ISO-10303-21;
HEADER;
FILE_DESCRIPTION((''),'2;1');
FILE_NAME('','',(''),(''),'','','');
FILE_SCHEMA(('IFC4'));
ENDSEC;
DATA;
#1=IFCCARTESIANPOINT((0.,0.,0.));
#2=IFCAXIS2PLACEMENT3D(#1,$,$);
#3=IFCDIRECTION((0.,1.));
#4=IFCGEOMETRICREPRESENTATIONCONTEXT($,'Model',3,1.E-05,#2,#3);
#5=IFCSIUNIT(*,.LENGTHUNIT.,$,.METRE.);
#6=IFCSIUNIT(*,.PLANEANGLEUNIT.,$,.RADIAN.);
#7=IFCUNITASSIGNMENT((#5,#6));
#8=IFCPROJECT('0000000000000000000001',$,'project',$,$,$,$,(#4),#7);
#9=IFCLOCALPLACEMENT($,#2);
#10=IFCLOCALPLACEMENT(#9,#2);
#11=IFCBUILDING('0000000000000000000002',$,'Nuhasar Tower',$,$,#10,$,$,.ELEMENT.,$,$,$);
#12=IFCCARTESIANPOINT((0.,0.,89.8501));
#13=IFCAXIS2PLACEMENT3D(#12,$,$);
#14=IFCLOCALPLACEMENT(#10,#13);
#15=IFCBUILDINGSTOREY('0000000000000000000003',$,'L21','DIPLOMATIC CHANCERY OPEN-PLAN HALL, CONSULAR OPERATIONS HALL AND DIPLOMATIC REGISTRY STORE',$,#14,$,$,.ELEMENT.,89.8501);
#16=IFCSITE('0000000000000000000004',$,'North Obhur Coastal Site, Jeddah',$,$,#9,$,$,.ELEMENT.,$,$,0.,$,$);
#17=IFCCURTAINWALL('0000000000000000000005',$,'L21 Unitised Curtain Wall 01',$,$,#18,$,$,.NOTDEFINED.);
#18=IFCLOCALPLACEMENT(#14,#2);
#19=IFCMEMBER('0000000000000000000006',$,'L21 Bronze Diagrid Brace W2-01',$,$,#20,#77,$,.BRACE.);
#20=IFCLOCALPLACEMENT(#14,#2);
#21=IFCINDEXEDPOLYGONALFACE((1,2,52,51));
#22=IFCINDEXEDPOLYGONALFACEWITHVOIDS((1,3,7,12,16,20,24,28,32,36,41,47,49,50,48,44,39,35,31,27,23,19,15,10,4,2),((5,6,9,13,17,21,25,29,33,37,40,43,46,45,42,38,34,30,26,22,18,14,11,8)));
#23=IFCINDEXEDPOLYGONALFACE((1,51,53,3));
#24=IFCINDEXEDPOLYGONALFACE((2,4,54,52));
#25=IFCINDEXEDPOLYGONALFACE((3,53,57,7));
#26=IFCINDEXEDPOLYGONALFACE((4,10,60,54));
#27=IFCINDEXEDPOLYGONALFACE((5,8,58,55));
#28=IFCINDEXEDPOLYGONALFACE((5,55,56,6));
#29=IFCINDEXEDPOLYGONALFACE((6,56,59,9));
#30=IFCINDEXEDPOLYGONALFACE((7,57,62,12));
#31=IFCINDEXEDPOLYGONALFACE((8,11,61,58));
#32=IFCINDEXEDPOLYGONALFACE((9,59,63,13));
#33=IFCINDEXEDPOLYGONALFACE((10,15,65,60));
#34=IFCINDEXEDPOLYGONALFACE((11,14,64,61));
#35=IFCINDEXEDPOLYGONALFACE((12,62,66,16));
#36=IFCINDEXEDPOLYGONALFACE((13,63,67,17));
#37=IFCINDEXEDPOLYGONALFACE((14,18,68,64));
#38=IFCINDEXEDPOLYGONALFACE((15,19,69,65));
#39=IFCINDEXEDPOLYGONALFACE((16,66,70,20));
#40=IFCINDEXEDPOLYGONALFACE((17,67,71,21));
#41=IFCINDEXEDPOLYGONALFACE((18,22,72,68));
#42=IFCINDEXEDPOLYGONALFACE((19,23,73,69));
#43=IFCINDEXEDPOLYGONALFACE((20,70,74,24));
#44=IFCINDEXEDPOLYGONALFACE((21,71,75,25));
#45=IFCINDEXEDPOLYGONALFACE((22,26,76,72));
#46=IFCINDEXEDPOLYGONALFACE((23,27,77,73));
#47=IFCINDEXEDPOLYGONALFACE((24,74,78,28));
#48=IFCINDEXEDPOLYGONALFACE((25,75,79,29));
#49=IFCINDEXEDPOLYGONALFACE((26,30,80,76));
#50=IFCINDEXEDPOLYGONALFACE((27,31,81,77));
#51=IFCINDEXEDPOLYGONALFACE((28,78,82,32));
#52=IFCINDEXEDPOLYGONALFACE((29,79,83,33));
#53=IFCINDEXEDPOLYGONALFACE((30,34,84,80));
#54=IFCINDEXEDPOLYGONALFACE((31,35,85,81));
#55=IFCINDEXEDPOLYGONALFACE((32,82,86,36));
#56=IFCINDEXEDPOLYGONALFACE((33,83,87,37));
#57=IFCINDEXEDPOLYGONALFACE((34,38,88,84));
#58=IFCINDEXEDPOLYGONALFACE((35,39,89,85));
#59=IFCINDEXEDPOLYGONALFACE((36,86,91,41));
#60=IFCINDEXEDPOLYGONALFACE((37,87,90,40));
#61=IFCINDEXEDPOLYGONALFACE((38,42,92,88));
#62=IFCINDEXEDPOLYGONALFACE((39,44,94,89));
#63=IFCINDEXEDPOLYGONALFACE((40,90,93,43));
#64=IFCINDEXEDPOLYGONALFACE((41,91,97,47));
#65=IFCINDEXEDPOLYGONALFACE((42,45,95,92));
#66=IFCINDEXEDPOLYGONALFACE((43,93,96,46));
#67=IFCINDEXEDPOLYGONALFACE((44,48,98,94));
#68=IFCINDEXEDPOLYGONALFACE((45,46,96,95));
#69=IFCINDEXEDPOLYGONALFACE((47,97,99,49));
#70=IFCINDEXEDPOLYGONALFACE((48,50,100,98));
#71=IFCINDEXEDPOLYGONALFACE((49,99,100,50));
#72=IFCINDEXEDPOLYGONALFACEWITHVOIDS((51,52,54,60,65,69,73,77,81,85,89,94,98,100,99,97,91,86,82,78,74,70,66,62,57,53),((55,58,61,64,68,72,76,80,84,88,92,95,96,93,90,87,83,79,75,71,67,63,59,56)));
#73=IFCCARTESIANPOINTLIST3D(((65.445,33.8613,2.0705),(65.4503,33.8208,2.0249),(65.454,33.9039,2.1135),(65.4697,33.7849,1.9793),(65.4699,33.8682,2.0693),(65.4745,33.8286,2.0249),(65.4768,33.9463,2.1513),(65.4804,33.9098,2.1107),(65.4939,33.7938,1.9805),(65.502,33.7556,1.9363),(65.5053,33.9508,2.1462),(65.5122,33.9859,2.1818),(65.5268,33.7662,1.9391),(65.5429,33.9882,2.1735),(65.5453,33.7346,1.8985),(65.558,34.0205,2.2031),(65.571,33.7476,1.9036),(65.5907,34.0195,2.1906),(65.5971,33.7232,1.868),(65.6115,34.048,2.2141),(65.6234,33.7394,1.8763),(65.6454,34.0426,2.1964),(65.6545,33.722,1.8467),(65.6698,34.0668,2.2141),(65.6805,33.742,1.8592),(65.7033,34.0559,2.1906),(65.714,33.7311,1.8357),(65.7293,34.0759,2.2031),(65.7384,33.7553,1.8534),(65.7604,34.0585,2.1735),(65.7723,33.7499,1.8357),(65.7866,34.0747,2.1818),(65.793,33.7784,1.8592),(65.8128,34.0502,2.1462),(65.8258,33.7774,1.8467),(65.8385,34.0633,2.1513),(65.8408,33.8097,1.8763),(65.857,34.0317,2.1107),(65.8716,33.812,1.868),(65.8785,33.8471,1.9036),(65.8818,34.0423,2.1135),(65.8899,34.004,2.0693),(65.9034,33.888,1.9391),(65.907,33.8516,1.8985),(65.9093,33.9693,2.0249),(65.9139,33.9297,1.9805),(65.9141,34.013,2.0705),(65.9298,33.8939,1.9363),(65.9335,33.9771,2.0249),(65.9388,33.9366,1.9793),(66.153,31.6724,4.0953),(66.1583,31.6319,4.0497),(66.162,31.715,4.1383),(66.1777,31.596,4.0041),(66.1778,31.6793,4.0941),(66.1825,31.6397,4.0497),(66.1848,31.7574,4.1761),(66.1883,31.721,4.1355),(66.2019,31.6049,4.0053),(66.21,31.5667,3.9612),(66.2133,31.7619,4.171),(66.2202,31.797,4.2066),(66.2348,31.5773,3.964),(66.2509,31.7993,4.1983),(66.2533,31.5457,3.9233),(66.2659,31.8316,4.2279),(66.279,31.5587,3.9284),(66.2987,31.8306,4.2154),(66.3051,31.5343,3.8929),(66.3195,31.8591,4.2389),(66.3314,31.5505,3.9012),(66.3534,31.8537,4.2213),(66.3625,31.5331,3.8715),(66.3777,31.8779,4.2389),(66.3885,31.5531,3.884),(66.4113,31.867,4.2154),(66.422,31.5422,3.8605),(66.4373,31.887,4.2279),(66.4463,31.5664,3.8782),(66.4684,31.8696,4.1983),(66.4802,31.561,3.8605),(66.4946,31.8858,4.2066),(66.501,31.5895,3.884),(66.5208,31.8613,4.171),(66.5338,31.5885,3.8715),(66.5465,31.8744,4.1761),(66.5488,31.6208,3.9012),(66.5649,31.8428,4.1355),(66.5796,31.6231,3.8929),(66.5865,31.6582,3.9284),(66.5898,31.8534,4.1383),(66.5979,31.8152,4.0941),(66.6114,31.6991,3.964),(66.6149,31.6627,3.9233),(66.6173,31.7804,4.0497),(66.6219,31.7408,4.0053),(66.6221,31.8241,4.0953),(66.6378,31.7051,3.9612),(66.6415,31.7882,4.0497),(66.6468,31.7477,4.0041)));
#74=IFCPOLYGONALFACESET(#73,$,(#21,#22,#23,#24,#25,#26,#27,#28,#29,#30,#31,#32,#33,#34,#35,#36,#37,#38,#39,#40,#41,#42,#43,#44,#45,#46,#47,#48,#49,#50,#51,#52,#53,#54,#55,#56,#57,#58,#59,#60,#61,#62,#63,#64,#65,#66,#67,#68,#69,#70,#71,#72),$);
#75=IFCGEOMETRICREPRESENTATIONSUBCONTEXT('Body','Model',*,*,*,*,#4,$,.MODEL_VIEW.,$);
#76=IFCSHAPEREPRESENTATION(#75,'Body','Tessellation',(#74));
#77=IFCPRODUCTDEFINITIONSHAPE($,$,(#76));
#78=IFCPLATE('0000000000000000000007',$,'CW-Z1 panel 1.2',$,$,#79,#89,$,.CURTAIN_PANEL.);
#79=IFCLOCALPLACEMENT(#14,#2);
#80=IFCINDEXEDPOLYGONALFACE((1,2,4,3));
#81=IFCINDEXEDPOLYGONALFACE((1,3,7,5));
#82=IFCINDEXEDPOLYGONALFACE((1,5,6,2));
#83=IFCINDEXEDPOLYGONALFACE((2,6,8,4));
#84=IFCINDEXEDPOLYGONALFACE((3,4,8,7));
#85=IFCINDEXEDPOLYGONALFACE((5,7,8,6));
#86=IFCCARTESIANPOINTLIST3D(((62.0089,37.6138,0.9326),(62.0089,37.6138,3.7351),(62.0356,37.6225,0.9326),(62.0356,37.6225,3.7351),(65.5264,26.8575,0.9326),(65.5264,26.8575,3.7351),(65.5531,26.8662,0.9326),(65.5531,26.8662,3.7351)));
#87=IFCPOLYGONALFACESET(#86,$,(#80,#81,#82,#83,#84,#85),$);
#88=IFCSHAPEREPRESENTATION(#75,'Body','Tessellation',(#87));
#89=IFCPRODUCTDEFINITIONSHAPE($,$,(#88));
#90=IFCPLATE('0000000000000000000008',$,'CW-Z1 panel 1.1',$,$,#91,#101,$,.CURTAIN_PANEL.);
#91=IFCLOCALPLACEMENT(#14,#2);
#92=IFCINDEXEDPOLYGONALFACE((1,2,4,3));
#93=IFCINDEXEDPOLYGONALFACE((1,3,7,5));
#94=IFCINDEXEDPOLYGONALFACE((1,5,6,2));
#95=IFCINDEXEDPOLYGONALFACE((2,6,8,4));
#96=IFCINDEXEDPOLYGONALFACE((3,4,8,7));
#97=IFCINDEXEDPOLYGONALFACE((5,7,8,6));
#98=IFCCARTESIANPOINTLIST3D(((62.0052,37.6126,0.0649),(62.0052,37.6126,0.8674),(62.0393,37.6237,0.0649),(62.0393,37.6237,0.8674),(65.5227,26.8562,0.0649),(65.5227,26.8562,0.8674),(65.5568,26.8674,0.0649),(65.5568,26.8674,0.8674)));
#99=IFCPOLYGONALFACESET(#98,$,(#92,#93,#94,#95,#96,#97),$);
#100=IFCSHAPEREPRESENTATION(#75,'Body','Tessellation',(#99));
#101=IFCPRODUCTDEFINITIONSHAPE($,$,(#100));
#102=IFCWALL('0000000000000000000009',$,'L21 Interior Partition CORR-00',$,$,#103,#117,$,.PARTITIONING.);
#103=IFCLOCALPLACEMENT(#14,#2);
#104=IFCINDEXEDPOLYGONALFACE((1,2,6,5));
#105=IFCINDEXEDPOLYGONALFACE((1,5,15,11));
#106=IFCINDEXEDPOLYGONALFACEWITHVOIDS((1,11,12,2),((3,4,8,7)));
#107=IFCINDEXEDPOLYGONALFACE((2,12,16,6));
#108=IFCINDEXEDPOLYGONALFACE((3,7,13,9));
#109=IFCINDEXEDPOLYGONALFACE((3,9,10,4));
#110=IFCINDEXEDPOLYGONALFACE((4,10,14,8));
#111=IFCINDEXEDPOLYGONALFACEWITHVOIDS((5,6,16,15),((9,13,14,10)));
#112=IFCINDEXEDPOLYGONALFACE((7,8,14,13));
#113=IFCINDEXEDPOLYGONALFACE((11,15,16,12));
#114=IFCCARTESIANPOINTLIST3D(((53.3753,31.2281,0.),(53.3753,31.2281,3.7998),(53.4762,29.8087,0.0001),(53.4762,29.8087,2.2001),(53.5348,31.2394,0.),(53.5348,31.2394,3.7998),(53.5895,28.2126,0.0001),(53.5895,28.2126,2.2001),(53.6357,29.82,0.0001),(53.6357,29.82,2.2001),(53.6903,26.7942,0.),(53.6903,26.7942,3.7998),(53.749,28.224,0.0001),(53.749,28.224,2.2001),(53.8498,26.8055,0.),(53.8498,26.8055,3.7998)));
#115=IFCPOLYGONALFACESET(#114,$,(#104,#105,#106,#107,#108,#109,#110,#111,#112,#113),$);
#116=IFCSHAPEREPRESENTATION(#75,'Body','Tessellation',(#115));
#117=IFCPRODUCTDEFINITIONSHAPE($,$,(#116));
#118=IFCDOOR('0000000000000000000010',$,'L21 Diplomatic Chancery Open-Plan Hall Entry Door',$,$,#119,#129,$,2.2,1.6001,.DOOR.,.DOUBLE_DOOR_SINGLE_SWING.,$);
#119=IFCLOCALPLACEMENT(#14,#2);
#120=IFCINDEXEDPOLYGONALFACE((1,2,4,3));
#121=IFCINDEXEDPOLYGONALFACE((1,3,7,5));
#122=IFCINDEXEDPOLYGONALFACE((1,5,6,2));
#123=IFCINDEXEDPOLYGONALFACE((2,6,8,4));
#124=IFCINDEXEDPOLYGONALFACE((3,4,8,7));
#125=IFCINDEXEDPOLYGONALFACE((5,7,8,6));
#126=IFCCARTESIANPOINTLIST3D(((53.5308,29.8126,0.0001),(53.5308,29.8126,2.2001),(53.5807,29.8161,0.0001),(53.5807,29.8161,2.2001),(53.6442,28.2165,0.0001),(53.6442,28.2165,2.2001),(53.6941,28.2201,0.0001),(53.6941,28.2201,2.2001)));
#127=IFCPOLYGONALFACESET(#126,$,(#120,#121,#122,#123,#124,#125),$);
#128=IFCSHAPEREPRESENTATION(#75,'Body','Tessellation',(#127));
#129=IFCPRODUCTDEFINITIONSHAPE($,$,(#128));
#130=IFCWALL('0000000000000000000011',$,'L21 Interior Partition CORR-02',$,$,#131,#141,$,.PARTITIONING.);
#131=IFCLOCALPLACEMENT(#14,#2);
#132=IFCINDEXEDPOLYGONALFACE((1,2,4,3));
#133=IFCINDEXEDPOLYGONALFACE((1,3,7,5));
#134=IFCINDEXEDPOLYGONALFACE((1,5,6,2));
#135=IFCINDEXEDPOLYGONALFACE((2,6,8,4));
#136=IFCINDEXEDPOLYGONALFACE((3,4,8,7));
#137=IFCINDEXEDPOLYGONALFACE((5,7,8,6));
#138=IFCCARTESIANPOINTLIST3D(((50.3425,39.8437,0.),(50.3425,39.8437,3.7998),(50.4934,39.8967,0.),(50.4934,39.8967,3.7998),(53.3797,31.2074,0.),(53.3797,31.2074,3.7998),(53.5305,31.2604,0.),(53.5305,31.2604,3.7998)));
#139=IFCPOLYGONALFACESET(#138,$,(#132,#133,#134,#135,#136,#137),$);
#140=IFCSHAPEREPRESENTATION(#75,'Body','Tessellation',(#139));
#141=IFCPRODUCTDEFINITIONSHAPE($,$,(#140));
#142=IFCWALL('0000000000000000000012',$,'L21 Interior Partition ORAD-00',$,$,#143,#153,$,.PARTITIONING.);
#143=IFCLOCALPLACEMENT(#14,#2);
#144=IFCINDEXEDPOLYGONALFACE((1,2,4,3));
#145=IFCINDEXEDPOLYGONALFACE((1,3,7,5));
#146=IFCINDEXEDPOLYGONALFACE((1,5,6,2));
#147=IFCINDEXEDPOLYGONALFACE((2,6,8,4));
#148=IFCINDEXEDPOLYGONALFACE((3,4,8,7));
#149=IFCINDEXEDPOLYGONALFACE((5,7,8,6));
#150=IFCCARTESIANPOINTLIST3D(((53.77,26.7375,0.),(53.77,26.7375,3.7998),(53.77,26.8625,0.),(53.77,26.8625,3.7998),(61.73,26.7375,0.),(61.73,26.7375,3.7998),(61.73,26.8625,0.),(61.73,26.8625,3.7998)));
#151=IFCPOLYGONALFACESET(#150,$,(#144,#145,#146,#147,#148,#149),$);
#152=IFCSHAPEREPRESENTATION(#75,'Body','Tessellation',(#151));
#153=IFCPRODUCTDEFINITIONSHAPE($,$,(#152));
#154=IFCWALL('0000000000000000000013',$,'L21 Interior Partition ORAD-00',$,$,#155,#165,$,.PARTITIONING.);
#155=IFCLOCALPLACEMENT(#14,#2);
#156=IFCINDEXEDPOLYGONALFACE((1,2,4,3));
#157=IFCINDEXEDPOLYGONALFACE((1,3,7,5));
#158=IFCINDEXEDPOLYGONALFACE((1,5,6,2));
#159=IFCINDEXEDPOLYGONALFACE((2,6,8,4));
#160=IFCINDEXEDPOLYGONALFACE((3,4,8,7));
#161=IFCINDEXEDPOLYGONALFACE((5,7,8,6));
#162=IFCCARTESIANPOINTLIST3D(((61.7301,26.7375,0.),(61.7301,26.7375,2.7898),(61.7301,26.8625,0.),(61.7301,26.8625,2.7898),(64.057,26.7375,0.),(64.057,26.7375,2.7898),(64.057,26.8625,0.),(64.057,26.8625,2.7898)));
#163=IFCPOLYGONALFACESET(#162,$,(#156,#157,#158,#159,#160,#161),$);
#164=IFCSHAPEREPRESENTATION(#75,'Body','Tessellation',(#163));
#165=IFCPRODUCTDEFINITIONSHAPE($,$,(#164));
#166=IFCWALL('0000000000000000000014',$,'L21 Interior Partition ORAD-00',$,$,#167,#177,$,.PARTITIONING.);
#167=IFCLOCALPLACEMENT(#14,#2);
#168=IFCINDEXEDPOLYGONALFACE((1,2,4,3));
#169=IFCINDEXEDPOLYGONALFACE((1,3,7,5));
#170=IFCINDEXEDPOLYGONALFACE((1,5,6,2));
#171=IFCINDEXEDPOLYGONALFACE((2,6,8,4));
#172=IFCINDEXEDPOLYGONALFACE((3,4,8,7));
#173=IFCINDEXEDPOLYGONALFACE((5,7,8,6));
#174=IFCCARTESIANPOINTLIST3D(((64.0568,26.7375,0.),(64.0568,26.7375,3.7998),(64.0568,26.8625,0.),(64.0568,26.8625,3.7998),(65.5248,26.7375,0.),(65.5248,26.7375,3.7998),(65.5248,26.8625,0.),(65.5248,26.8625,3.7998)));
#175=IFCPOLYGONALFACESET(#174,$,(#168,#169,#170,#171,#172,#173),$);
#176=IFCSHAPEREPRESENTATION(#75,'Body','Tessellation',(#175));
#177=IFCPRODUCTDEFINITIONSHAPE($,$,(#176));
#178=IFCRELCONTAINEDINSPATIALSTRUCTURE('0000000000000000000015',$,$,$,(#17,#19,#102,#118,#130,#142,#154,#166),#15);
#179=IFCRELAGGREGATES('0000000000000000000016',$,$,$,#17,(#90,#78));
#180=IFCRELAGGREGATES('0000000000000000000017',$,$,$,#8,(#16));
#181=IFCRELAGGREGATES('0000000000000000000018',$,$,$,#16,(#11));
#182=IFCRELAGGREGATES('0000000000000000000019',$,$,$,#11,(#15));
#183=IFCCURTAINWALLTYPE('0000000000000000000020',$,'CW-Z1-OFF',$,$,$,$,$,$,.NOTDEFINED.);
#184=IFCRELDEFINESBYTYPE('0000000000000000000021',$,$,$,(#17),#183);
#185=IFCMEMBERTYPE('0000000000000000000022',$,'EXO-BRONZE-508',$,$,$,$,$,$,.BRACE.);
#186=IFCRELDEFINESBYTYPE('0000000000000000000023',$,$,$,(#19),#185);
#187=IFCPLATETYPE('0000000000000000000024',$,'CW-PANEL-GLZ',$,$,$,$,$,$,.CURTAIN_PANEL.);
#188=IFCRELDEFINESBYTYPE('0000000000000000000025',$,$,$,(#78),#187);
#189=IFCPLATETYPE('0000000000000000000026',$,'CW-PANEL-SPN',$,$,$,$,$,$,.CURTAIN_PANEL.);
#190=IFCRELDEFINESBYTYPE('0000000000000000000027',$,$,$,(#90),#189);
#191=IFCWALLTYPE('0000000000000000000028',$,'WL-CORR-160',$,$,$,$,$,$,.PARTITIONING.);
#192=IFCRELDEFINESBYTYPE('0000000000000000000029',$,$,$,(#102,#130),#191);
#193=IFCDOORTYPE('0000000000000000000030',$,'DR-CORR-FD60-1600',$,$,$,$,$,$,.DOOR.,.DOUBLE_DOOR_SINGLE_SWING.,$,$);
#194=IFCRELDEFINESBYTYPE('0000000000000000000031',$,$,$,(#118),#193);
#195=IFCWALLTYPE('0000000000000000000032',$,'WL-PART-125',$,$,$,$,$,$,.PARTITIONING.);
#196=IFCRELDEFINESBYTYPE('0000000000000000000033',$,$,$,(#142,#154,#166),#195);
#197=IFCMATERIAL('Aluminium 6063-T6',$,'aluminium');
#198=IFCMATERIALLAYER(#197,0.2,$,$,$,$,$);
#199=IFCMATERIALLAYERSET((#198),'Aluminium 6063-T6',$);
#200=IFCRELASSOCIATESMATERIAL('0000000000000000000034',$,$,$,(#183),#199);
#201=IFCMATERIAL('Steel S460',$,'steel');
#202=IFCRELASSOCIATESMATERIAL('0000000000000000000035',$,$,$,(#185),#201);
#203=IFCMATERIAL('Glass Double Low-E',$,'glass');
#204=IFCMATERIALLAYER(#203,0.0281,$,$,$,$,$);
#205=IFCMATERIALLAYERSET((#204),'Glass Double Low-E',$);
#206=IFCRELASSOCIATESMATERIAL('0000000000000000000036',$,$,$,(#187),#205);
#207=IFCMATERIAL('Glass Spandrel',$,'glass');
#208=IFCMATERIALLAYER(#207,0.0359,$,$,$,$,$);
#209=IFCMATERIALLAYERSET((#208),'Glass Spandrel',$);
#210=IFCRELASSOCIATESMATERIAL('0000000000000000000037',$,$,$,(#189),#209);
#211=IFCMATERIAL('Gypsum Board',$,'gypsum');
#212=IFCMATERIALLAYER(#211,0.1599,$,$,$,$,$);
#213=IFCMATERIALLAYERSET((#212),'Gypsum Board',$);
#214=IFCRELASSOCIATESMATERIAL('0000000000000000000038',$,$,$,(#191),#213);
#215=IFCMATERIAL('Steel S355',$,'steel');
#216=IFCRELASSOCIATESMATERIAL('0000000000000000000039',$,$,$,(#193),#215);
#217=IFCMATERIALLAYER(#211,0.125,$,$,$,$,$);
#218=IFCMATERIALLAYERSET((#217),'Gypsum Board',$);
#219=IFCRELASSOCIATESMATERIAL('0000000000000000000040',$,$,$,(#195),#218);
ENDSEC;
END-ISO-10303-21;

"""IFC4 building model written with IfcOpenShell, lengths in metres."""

from ifc_helpers import new_model, si_unit, direction, frame, frame_2d, origin, origin_2d, place, context, subcontext, project, spatial, rectangle, hollow_circle, extrude, material, layer, layer_set, material_profile, profile_set, type_object, element, fill, aggregate, save


model = new_model("IFC4")

# Units and contexts
model_context = context("Model", 3, precision=1e-05, world=origin(), true_north=direction((0.0, 1.0)))
body_context = subcontext(model_context, "Body", "Model", "MODEL_VIEW")
ifc_project = project(units=[si_unit("LENGTHUNIT", "METRE"), si_unit("PLANEANGLEUNIT", "RADIAN")], contexts=[model_context])

# Site, building, storey
site_placement = place(None, origin())
site = spatial("IfcSite", under=ifc_project, at=site_placement, Name="North Obhur Coastal Site, Jeddah", CompositionType="ELEMENT", RefElevation=0.0)
building_placement = place(site_placement, origin())
building = spatial("IfcBuilding", under=site, at=building_placement, Name="Nuhasar Tower", CompositionType="ELEMENT")
storey_placement = place(building_placement, frame((0.0, 0.0, 89.8501)))
storey = spatial("IfcBuildingStorey", under=building, at=storey_placement, Name="L21", Description="DIPLOMATIC CHANCERY OPEN-PLAN HALL, CONSULAR OPERATIONS HALL AND DIPLOMATIC REGISTRY STORE", CompositionType="ELEMENT", Elevation=89.8501)

# Shared definitions
ifc_material_1 = material(Name="Steel S355", Category="steel")

# Curtain wall
ifc_material_2 = material(Name="Aluminium 6063-T6", Category="aluminium")
ifc_layer_1 = layer(ifc_material_2, 0.2)
ifc_layer_set_1 = layer_set([ifc_layer_1], Name="Aluminium 6063-T6")
curtain_wall_type = type_object("IfcCurtainWallType", Name="CW-Z1-OFF", PredefinedType="NOTDEFINED", material=ifc_layer_set_1)
curtain_wall_1_placement = place(storey_placement, origin())
curtain_wall_1 = element("IfcCurtainWall", 1, at=curtain_wall_1_placement, inside=storey, type_object=curtain_wall_type, Name="L21 Unitised Curtain Wall 01", PredefinedType="NOTDEFINED")

# Member
ifc_material_3 = material(Name="Steel S460", Category="steel")
ifc_material_profile_1 = material_profile(ifc_material_3, hollow_circle(Radius=0.2539, WallThickness=0.0254, at=origin_2d()), Name="HSS508X25.4")
ifc_profile_set_1 = profile_set([ifc_material_profile_1], Name="Steel S460")
member_type_1 = type_object("IfcMemberType", Name="EXO-BRONZE-508", PredefinedType="BRACE", material=ifc_profile_set_1)
for number, where, z_axis, x_axis, name in (
    (2, (65.6919, 33.8989, 2.0249), (0.231012, -0.714225, 0.660694), (0.951468, 0.307747, 0.0), "L21 Bronze Diagrid Brace W2-01"),
):
    element("IfcMember", number, at=place(storey_placement, frame(where, z_axis=z_axis, x_axis=x_axis)), inside=storey, type_object=member_type_1, Name=name, PredefinedType="BRACE", context=body_context, shape_type="SweptSolid", body=[
        extrude(hollow_circle(Radius=0.2539, WallThickness=0.0254, at=origin_2d()), origin(), (0.0, 0.0, 1.0), 3.0647),
    ])

# Plates
ifc_material_4 = material(Name="Glass Double Low-E", Category="glass")
ifc_layer_2 = layer(ifc_material_4, 0.0281)
ifc_layer_set_2 = layer_set([ifc_layer_2], Name="Glass Double Low-E")
plate_type_1 = type_object("IfcPlateType", Name="CW-PANEL-GLZ", PredefinedType="CURTAIN_PANEL", material=ifc_layer_set_2)
plate_1_placement = place(storey_placement, frame((63.781, 32.24, 0.9326), z_axis=(0.0, 0.0, 1.0), x_axis=(-0.310824, 0.950468, 0.0)))
plate_1 = element("IfcPlate", 3, at=plate_1_placement, type_object=plate_type_1, Name="CW-Z1 panel 1.2", PredefinedType="CURTAIN_PANEL", context=body_context, shape_type="SweptSolid", body=[
    extrude(rectangle(XDim=11.3169, YDim=0.0281, at=origin_2d()), origin(), (0.0, 0.0, 1.0), 2.8025),
])
ifc_material_5 = material(Name="Glass Spandrel", Category="glass")
ifc_layer_3 = layer(ifc_material_5, 0.0359)
ifc_layer_set_3 = layer_set([ifc_layer_3], Name="Glass Spandrel")
plate_type_2 = type_object("IfcPlateType", Name="CW-PANEL-SPN", PredefinedType="CURTAIN_PANEL", material=ifc_layer_set_3)
plate_2_placement = place(storey_placement, frame((63.781, 32.24, 0.0649), z_axis=(0.0, 0.0, 1.0), x_axis=(-0.310824, 0.950468, 0.0)))
plate_2 = element("IfcPlate", 4, at=plate_2_placement, type_object=plate_type_2, Name="CW-Z1 panel 1.1", PredefinedType="CURTAIN_PANEL", context=body_context, shape_type="SweptSolid", body=[
    extrude(rectangle(XDim=11.3169, YDim=0.0359, at=origin_2d()), origin(), (0.0, 0.0, 1.0), 0.8025),
])
aggregate(curtain_wall_1, [plate_2, plate_1])

# Wall, opening, door
ifc_material_6 = material(Name="Gypsum Board", Category="gypsum")
ifc_layer_4 = layer(ifc_material_6, 0.1599)
ifc_layer_set_4 = layer_set([ifc_layer_4], Name="Gypsum Board")
wall_type_1 = type_object("IfcWallType", Name="WL-CORR-160", PredefinedType="PARTITIONING", material=ifc_layer_set_4)
wall_1_placement = place(storey_placement, frame((53.4551, 31.2339, 0.0), z_axis=(0.0, 0.0, 1.0), x_axis=(0.070853, -0.997487, 0.0)))
wall_1 = element("IfcWall", 5, at=wall_1_placement, inside=storey, type_object=wall_type_1, Name="L21 Interior Partition CORR-00", PredefinedType="PARTITIONING", context=body_context, shape_type="SweptSolid", body=[
    extrude(rectangle(XDim=4.4451, YDim=0.1599, at=frame_2d((2.2227, 0.0))), origin(), (0.0, 0.0, 1.0), 3.7998),
])
opening_placement = place(wall_1_placement, frame((1.4231, 0.0, 0.0)))
opening = element("IfcOpeningElement", 6, at=opening_placement, cuts=wall_1, PredefinedType="OPENING", context=body_context, shape_type="SweptSolid", body=[
    extrude(rectangle(XDim=1.6001, YDim=2.2, at=frame_2d((0.8, 1.1001))), frame((0.0, 0.0898, 0.0), z_axis=(0.0, -1.0, 0.0), x_axis=(1.0, 0.0, 0.0)), (0.0, 0.0, 1.0), 0.1799),
])
door_type = type_object("IfcDoorType", Name="DR-CORR-FD60-1600", OperationType="DOUBLE_DOOR_SINGLE_SWING", PredefinedType="DOOR", material=ifc_material_1)
door_placement = place(opening_placement, origin())
door = element("IfcDoor", 7, at=door_placement, inside=storey, type_object=door_type, Name="L21 Diplomatic Chancery Open-Plan Hall Entry Door", OperationType="DOUBLE_DOOR_SINGLE_SWING", OverallHeight=2.2, OverallWidth=1.6001, PredefinedType="DOOR", context=body_context, shape_type="SweptSolid", body=[
    extrude(rectangle(XDim=1.6001, YDim=2.2, at=frame_2d((0.8, 1.1001))), frame((0.0, 0.0249, 0.0), z_axis=(0.0, -1.0, 0.0), x_axis=(1.0, 0.0, 0.0)), (0.0, 0.0, 1.0), 0.05),
])
fill(opening, door)

# Walls
wall_2_placement = place(storey_placement, frame((53.4551, 31.2339, 0.0), z_axis=(0.0, 0.0, 1.0), x_axis=(-0.331754, 0.943366, 0.0)))
element("IfcWall", 8, at=wall_2_placement, inside=storey, type_object=wall_type_1, Name="L21 Interior Partition CORR-02", PredefinedType="PARTITIONING", context=body_context, shape_type="SweptSolid", body=[
    extrude(rectangle(XDim=9.1548, YDim=0.1599, at=frame_2d((4.5774, 0.0))), origin(), (0.0, 0.0, 1.0), 3.7998),
])
ifc_layer_5 = layer(ifc_material_6, 0.125)
ifc_layer_set_5 = layer_set([ifc_layer_5], Name="Gypsum Board")
wall_type_2 = type_object("IfcWallType", Name="WL-PART-125", PredefinedType="PARTITIONING", material=ifc_layer_set_5)
wall_3_placement = place(storey_placement, frame((53.77, 26.8, 0.0), z_axis=(0.0, 0.0, 1.0), x_axis=(1.0, 0.0, 0.0)))
element("IfcWall", 9, at=wall_3_placement, inside=storey, type_object=wall_type_2, Name="L21 Interior Partition ORAD-00", PredefinedType="PARTITIONING", context=body_context, shape_type="SweptSolid", body=[
    extrude(rectangle(XDim=7.96, YDim=0.125, at=frame_2d((3.98, 0.0))), origin(), (0.0, 0.0, 1.0), 3.7998),
])
wall_4_placement = place(storey_placement, frame((61.73, 26.8, 0.0), z_axis=(0.0, 0.0, 1.0), x_axis=(1.0, 0.0, 0.0)))
element("IfcWall", 10, at=wall_4_placement, inside=storey, type_object=wall_type_2, Name="L21 Interior Partition ORAD-00", PredefinedType="PARTITIONING", context=body_context, shape_type="SweptSolid", body=[
    extrude(rectangle(XDim=2.3269, YDim=0.125, at=frame_2d((1.1636, 0.0))), origin(), (0.0, 0.0, 1.0), 2.7898),
])
wall_5_placement = place(storey_placement, frame((64.0569, 26.8, 0.0), z_axis=(0.0, 0.0, 1.0), x_axis=(1.0, 0.0, 0.0)))
element("IfcWall", 11, at=wall_5_placement, inside=storey, type_object=wall_type_2, Name="L21 Interior Partition ORAD-00", PredefinedType="PARTITIONING", context=body_context, shape_type="SweptSolid", body=[
    extrude(rectangle(XDim=1.468, YDim=0.125, at=frame_2d((0.7339, 0.0))), origin(), (0.0, 0.0, 1.0), 3.7998),
])

save(model, "model.ifc")
